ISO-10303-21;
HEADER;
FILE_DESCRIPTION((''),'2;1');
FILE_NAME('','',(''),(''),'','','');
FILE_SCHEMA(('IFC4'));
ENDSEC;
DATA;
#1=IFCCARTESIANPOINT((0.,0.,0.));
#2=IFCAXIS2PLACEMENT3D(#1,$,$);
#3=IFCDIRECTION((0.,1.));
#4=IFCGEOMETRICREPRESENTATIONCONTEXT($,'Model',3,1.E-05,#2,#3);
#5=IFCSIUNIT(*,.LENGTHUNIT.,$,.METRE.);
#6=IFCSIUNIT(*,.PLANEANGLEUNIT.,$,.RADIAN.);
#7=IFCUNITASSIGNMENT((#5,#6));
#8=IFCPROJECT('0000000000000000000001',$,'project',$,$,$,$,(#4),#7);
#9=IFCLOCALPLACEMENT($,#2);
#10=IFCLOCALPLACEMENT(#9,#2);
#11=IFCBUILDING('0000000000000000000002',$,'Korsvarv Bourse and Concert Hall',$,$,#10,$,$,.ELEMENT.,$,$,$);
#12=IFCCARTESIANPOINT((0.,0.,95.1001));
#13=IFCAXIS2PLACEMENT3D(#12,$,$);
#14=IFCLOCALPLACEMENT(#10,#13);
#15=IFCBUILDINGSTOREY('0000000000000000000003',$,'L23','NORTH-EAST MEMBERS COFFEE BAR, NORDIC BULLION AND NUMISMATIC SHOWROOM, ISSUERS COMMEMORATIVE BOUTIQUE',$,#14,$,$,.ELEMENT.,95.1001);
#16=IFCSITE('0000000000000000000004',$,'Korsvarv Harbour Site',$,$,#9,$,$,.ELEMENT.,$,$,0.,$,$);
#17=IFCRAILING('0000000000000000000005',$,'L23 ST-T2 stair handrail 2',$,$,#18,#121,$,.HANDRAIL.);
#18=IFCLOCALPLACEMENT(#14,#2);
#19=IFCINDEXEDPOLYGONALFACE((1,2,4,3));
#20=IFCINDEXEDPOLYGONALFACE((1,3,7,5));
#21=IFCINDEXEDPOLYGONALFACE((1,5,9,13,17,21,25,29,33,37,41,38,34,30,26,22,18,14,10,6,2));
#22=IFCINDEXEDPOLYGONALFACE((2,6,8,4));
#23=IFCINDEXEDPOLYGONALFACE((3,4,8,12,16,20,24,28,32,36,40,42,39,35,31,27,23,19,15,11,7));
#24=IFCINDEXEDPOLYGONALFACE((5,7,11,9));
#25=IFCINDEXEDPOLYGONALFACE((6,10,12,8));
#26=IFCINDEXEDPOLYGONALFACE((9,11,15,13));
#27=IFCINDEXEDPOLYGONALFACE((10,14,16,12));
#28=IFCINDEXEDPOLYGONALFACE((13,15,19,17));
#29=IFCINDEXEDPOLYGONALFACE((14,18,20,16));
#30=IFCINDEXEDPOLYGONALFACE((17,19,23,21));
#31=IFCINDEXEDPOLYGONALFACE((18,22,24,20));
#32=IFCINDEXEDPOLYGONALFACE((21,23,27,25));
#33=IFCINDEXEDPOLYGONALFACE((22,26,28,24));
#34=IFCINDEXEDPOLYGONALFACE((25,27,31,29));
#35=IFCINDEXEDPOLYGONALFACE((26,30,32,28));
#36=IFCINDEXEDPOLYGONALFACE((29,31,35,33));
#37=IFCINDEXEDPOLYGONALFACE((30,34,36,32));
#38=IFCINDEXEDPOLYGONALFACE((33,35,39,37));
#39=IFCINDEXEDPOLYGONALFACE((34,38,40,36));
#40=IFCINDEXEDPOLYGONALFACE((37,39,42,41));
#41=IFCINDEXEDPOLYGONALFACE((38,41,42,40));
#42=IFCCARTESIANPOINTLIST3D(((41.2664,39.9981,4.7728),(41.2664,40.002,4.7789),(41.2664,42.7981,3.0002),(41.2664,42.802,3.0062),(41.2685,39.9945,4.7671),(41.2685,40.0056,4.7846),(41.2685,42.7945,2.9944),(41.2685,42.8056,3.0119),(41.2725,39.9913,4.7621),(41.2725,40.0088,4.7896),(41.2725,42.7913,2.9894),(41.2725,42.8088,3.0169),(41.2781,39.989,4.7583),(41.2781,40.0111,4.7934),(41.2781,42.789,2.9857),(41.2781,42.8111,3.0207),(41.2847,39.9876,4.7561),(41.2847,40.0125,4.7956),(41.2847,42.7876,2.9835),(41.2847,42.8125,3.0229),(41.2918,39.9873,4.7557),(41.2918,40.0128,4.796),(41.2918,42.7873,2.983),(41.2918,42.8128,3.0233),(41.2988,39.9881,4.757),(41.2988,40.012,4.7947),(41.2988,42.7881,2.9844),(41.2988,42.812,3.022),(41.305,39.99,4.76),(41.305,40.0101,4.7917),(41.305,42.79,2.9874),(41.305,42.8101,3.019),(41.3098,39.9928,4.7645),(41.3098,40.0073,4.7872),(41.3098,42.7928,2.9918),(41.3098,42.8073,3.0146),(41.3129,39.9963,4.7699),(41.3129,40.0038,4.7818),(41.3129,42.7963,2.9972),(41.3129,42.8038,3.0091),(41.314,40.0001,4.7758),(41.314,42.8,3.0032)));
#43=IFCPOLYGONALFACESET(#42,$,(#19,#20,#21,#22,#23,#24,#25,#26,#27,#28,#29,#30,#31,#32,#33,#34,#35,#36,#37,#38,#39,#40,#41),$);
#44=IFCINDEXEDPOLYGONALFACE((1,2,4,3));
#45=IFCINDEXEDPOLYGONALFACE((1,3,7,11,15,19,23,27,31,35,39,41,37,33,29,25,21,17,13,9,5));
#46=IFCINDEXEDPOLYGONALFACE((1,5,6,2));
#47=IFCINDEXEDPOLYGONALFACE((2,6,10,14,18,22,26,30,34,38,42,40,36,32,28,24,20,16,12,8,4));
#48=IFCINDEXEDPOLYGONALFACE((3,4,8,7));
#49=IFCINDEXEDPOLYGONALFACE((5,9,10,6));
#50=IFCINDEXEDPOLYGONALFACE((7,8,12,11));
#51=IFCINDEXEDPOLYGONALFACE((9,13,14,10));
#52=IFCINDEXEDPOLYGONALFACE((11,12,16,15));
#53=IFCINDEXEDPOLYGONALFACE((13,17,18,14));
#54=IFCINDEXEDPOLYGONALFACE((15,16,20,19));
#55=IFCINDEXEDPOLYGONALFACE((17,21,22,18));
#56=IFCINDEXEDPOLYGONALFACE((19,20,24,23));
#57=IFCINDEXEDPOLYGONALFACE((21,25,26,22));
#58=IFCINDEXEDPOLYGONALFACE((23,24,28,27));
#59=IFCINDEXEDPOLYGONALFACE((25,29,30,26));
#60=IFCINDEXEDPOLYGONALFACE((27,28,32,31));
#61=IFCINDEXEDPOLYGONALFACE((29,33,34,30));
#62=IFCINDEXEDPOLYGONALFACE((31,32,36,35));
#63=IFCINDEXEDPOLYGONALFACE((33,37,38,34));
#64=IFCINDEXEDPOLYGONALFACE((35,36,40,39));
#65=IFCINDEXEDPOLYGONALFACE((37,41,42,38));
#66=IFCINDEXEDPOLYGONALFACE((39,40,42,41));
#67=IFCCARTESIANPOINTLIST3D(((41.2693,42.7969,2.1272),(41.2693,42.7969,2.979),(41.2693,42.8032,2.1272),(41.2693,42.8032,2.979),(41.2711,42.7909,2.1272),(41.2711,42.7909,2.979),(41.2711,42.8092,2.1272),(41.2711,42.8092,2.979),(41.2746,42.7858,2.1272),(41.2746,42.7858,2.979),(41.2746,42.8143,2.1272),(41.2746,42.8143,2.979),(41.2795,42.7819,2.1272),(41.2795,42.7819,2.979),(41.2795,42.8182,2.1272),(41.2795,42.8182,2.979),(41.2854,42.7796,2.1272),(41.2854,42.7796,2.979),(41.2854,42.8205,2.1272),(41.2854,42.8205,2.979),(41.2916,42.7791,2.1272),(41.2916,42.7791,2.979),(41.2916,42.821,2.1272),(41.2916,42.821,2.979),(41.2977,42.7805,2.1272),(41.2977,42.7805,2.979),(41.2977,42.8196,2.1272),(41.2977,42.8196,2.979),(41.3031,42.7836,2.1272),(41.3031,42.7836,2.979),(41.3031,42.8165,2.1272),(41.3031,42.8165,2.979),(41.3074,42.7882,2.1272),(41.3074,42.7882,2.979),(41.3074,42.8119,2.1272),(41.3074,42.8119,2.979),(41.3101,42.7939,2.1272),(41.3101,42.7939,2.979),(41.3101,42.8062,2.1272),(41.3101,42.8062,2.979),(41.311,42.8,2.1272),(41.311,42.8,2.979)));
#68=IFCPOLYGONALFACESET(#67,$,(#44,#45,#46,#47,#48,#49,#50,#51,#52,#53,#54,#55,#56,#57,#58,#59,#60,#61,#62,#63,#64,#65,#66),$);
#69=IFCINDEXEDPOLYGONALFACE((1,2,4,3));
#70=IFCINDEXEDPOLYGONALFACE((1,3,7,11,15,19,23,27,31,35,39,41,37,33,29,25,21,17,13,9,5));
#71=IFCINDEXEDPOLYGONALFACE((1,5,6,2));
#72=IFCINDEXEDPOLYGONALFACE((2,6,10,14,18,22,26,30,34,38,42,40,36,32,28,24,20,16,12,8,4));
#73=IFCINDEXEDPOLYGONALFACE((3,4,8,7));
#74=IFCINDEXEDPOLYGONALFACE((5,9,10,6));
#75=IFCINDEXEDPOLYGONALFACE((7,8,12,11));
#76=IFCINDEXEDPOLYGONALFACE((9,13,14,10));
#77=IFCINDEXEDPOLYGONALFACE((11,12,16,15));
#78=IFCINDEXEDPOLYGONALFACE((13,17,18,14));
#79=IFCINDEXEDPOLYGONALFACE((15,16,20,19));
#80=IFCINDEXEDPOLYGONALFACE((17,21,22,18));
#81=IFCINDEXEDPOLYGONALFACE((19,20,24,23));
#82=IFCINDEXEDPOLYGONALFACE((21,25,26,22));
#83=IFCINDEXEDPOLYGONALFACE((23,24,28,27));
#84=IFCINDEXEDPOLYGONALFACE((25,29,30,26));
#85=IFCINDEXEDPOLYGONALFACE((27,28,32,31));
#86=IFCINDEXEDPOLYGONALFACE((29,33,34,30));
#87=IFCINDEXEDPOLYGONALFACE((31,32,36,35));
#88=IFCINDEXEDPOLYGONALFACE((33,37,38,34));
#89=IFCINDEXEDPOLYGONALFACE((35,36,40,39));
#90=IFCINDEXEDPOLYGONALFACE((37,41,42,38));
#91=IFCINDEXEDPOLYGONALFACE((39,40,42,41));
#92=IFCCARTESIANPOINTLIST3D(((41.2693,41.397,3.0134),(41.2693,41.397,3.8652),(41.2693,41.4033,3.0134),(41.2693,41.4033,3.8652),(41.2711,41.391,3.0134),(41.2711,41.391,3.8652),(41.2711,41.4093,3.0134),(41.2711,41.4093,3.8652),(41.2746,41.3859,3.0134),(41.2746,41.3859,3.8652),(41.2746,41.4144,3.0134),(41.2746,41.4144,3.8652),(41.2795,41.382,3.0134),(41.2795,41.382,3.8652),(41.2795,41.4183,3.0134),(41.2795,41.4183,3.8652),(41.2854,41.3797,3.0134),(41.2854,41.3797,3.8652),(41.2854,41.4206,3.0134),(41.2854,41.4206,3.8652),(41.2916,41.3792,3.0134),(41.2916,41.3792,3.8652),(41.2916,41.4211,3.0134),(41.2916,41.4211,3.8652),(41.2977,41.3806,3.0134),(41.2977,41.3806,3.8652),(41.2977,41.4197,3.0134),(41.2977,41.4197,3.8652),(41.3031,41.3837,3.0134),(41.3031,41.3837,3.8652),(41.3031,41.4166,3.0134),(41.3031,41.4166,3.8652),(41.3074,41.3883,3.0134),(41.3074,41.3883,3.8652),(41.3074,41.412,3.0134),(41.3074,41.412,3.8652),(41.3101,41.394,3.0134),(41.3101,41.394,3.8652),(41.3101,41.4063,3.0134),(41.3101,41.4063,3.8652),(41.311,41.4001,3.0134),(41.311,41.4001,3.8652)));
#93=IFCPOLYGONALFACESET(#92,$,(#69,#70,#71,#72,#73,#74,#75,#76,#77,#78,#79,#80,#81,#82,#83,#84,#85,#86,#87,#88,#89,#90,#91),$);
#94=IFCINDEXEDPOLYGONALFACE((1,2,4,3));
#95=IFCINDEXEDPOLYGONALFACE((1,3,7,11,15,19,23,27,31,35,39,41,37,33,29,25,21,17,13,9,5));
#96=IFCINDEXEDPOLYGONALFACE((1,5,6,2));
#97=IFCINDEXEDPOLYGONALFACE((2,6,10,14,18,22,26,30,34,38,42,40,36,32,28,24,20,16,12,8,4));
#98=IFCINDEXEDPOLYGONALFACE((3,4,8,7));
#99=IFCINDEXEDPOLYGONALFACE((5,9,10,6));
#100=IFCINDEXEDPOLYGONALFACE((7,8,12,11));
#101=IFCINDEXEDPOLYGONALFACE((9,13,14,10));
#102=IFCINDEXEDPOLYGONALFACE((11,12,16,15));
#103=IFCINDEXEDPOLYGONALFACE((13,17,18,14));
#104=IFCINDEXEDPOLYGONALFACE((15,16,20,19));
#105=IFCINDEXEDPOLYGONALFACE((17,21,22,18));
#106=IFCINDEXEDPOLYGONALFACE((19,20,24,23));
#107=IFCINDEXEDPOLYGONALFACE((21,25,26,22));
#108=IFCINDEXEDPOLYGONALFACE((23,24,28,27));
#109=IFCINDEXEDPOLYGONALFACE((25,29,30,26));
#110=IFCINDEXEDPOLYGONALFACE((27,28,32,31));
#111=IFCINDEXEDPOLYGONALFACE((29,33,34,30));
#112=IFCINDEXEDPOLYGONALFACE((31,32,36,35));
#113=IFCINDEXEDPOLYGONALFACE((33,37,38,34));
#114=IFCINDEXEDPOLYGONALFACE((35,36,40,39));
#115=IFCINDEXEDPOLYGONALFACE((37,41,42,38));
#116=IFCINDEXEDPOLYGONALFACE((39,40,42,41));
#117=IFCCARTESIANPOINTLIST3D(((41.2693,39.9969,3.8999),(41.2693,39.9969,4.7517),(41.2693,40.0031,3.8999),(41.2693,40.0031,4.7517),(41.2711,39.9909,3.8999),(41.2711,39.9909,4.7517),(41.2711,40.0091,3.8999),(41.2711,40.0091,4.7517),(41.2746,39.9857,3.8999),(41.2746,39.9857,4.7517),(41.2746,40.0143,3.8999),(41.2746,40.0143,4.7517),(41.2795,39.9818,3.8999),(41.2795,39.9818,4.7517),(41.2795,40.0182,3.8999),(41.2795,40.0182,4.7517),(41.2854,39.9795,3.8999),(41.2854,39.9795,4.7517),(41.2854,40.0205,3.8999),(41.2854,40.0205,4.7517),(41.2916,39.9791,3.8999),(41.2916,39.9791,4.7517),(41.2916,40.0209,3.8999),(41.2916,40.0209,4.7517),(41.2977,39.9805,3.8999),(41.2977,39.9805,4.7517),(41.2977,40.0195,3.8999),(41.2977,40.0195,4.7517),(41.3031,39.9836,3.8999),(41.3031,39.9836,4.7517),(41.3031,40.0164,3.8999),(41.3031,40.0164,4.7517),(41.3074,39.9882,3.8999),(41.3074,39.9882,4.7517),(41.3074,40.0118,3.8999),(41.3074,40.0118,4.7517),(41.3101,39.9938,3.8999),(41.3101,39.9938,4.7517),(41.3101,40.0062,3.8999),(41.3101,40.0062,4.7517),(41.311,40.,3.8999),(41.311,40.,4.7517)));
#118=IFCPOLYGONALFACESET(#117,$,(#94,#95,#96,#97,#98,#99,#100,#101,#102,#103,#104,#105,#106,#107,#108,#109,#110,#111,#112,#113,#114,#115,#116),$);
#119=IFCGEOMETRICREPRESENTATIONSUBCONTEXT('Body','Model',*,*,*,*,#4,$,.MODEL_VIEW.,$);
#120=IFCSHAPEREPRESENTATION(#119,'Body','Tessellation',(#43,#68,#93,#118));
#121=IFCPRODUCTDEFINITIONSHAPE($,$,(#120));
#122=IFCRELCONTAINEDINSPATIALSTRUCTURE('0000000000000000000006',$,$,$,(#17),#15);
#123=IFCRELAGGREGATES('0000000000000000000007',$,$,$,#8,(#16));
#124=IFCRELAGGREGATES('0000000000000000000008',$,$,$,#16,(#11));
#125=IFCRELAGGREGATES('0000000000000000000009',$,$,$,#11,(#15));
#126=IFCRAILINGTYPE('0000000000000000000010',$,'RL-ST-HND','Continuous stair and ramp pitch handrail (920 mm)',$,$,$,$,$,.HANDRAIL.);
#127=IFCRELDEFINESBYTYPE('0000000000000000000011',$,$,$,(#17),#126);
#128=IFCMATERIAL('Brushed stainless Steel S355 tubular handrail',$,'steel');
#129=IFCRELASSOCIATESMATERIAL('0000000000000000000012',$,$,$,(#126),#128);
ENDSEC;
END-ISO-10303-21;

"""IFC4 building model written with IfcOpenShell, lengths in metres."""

from ifc_helpers import new_model, si_unit, direction, frame, origin, origin_2d, place, context, subcontext, project, spatial, circle, extrude, material, type_object, element, save


model = new_model("IFC4")

# Units and contexts
model_context = context("Model", 3, precision=1e-05, world=origin(), true_north=direction((0.0, 1.0)))
body_context = subcontext(model_context, "Body", "Model", "MODEL_VIEW")
ifc_project = project(units=[si_unit("LENGTHUNIT", "METRE"), si_unit("PLANEANGLEUNIT", "RADIAN")], contexts=[model_context])

# Site, building, storey
site_placement = place(None, origin())
site = spatial("IfcSite", under=ifc_project, at=site_placement, Name="Korsvarv Harbour Site", CompositionType="ELEMENT", RefElevation=0.0)
building_placement = place(site_placement, origin())
building = spatial("IfcBuilding", under=site, at=building_placement, Name="Korsvarv Bourse and Concert Hall", CompositionType="ELEMENT")
storey_placement = place(building_placement, frame((0.0, 0.0, 95.1001)))
storey = spatial("IfcBuildingStorey", under=building, at=storey_placement, Name="L23", Description="NORTH-EAST MEMBERS COFFEE BAR, NORDIC BULLION AND NUMISMATIC SHOWROOM, ISSUERS COMMEMORATIVE BOUTIQUE", CompositionType="ELEMENT", Elevation=95.1001)

# Railing
ifc_material_1 = material(Name="Brushed stainless Steel S355 tubular handrail", Category="steel")
railing_type_1 = type_object("IfcRailingType", Name="RL-ST-HND", Description="Continuous stair and ramp pitch handrail (920 mm)", PredefinedType="HANDRAIL", material=ifc_material_1)
railing_1_placement = place(storey_placement, frame((41.29, 42.8, 2.1272)))
element("IfcRailing", 1, at=railing_1_placement, inside=storey, type_object=railing_type_1, Name="L23 ST-T2 stair handrail 2", PredefinedType="HANDRAIL", context=body_context, shape_type="SweptSolid", body=[
    extrude(circle(Radius=0.0239, at=origin_2d()), frame((0.0, 0.0, 0.876), z_axis=(0.0, -0.844909, 0.53491), x_axis=(1.0, 0.0, 0.0)), (0.0, 0.0, 1.0), 3.314),
    extrude(circle(Radius=0.021, at=origin_2d()), origin(), (0.0, 0.0, 1.0), 0.8518),
    extrude(circle(Radius=0.021, at=origin_2d()), frame((0.0, -1.3999, 0.8862)), (0.0, 0.0, 1.0), 0.8518),
    extrude(circle(Radius=0.021, at=origin_2d()), frame((0.0, -2.8, 1.7727)), (0.0, 0.0, 1.0), 0.8518),
])

save(model, "model.ifc")
